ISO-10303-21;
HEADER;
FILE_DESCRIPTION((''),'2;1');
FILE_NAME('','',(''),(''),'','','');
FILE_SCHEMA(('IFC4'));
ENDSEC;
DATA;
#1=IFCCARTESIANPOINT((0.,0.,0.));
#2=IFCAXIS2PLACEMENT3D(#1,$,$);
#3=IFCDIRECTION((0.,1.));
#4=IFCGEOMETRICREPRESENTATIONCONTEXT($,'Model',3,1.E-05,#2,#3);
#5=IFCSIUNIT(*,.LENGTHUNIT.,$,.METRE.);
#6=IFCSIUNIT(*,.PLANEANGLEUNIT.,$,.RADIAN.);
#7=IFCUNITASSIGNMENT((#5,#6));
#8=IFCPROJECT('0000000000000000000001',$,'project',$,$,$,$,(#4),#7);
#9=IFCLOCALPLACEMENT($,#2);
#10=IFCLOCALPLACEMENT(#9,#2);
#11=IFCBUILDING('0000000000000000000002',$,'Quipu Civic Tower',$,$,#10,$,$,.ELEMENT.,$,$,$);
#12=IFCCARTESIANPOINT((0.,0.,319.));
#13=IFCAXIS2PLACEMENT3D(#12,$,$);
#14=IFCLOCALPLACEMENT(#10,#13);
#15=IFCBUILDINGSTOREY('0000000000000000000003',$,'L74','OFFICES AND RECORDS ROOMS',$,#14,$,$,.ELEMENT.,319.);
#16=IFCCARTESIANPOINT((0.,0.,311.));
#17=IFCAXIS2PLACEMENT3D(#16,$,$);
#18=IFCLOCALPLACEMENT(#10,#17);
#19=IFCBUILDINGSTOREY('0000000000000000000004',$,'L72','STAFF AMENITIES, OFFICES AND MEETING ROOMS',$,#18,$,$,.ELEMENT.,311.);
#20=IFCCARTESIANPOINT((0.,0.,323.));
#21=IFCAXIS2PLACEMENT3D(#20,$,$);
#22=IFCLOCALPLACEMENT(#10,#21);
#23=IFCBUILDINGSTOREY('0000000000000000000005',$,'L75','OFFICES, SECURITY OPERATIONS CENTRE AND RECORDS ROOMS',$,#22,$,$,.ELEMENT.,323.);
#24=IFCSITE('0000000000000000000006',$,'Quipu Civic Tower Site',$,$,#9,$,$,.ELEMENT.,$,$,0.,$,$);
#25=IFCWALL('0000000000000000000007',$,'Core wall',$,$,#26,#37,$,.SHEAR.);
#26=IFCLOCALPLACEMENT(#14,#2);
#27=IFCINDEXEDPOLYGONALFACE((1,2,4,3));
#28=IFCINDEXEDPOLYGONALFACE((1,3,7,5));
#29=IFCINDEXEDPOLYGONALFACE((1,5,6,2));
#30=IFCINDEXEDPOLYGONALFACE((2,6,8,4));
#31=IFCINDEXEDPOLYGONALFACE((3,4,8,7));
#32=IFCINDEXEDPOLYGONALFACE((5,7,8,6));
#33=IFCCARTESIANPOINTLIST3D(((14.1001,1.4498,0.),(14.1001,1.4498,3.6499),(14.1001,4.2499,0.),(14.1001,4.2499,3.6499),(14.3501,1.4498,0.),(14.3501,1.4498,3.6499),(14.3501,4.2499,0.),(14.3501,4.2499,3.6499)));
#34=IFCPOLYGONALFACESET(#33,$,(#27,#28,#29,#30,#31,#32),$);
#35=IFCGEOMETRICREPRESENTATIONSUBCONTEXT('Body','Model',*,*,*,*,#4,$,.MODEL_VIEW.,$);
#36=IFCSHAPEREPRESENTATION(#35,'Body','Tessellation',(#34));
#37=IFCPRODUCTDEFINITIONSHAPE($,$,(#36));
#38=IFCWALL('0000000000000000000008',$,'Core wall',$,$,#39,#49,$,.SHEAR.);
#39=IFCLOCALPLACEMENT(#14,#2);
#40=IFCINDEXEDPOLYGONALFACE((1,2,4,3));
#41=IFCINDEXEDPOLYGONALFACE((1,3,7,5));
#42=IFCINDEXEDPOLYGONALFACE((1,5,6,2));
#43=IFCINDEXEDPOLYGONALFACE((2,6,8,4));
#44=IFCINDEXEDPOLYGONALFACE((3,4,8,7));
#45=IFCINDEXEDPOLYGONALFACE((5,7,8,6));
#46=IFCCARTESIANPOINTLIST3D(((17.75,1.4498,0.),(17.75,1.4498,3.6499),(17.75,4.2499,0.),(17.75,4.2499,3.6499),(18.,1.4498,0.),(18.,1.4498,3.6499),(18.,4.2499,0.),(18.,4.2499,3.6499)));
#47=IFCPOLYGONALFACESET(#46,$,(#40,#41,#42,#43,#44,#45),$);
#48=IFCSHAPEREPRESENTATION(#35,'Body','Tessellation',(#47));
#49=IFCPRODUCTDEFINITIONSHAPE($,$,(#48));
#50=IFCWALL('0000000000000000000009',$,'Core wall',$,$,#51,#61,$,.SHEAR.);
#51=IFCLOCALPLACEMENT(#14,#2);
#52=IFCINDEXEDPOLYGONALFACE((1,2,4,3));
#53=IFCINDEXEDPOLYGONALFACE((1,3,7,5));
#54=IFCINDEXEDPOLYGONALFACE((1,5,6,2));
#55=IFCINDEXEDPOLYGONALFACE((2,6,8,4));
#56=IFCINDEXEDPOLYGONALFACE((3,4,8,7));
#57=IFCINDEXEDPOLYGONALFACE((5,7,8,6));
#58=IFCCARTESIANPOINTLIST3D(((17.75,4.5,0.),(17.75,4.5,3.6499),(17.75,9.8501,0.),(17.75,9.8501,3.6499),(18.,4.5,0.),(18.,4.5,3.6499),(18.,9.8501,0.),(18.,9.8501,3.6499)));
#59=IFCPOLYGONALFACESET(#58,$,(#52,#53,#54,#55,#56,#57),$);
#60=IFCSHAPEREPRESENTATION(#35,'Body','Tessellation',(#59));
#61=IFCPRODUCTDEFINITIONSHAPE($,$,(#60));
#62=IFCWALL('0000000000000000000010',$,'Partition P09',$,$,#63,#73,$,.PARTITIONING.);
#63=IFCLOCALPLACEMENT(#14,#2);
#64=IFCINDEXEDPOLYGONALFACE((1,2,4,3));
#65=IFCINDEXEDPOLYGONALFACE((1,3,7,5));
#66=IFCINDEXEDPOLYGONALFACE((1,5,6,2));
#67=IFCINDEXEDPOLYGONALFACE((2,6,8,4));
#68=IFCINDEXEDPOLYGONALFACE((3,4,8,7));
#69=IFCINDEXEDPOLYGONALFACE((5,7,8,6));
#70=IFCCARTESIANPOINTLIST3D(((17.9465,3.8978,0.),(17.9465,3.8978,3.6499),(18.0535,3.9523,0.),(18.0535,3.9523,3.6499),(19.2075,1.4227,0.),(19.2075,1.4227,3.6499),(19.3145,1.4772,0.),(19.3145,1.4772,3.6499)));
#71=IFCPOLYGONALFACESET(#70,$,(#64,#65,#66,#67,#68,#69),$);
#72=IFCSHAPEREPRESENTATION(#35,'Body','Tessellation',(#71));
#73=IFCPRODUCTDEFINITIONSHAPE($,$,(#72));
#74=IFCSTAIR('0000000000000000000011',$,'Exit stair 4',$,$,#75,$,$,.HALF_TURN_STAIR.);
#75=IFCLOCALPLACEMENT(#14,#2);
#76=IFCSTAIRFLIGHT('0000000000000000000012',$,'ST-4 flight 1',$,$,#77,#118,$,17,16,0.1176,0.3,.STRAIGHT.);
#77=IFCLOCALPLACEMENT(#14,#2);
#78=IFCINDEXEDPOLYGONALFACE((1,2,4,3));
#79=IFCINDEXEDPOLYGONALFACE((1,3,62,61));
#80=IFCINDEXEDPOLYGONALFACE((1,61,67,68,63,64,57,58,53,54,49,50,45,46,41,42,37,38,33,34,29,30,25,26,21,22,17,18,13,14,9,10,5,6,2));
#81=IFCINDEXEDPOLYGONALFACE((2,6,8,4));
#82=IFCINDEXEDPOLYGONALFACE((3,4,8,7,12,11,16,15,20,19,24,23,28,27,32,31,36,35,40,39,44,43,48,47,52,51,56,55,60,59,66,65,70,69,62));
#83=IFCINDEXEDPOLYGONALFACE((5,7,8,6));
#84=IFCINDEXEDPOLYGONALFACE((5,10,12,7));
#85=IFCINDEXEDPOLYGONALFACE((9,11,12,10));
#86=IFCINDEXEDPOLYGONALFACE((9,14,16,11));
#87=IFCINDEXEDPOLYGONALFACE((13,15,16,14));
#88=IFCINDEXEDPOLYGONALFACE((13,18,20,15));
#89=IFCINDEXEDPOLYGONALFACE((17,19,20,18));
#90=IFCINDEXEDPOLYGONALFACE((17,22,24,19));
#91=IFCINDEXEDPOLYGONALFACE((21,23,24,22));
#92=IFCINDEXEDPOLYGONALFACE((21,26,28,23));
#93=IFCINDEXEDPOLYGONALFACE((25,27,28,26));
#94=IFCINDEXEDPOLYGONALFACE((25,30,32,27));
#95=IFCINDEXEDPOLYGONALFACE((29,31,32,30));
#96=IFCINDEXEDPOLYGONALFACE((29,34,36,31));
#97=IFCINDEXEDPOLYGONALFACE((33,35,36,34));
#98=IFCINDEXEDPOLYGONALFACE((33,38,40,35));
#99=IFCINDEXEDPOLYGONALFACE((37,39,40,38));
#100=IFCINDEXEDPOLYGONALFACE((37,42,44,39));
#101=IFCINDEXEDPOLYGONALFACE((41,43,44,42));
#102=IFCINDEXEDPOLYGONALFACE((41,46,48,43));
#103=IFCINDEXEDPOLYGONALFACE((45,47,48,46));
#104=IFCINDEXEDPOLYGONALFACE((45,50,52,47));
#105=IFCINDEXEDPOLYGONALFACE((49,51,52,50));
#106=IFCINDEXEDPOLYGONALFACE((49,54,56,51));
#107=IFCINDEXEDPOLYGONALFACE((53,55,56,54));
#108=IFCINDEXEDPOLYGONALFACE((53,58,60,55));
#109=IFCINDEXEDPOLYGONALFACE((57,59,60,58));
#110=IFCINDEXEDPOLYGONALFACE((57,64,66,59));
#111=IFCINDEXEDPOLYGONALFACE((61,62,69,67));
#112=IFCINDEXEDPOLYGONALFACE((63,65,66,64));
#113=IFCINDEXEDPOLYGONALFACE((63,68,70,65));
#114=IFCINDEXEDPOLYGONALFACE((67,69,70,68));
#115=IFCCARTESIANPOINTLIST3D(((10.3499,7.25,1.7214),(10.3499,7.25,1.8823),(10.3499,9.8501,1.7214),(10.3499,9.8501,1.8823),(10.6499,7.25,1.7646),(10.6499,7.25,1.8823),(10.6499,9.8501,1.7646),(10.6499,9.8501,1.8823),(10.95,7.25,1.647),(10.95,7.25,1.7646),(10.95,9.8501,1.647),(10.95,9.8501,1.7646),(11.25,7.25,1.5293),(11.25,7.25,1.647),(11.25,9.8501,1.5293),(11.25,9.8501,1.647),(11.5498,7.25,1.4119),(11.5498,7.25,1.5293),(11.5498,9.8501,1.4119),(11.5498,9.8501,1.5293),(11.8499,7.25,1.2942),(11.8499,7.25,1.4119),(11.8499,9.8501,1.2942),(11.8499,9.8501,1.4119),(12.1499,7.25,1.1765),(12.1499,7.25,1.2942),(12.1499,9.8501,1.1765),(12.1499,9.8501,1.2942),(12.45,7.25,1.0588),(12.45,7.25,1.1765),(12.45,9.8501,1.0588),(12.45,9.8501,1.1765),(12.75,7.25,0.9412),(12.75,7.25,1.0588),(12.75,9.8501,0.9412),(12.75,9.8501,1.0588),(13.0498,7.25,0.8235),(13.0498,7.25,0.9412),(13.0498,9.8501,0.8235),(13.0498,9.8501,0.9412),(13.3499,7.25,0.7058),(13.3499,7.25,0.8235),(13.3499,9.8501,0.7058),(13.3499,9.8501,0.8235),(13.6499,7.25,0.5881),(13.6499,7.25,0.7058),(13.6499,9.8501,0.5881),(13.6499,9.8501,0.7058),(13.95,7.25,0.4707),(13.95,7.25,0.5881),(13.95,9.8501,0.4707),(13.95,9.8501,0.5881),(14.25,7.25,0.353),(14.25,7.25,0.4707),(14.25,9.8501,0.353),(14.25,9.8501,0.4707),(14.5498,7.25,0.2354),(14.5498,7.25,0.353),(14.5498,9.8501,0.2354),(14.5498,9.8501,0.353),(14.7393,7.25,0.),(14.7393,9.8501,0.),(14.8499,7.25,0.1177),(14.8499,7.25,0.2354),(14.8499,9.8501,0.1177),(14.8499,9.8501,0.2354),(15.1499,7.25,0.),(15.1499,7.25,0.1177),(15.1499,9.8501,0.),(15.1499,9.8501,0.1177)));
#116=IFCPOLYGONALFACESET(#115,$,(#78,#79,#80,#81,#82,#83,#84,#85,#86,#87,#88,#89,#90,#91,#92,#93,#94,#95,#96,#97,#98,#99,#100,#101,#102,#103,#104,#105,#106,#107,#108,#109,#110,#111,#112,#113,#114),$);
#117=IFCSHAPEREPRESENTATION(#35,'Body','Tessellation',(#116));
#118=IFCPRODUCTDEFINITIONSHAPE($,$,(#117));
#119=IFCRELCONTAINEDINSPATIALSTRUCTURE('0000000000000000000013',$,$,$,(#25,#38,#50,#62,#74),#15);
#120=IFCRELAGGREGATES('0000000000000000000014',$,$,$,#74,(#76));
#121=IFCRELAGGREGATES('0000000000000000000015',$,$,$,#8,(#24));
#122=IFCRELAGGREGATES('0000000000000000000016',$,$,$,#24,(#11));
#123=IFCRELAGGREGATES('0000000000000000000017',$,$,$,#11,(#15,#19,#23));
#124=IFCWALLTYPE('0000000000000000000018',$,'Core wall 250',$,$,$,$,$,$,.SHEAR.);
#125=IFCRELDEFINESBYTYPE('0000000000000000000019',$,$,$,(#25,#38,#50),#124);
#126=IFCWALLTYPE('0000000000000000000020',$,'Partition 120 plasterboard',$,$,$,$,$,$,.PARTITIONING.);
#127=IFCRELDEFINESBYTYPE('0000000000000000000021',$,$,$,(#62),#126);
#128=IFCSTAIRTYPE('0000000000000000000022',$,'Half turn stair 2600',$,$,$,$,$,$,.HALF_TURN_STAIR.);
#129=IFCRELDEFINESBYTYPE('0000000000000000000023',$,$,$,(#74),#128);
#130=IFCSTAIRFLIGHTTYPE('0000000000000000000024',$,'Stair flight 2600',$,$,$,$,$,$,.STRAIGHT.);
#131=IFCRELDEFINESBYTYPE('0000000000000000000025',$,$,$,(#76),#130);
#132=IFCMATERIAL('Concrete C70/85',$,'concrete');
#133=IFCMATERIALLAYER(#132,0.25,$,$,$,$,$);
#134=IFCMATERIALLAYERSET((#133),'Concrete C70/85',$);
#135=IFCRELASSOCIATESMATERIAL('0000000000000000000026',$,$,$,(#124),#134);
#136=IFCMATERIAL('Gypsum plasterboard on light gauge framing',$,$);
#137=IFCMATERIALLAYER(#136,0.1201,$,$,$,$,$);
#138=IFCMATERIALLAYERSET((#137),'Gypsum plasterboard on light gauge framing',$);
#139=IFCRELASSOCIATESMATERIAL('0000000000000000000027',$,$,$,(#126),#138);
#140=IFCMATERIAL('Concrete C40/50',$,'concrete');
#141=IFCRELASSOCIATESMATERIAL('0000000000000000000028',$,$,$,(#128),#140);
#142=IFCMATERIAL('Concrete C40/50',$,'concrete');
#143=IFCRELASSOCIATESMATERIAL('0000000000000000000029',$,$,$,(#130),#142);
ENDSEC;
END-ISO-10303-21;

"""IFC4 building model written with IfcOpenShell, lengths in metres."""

from ifc_helpers import new_model, si_unit, direction, frame, frame_2d, origin, place, context, subcontext, project, spatial, polyline, rectangle, outline, extrude, material, layer, layer_set, type_object, element, aggregate, save


model = new_model("IFC4")

# Units and contexts
model_context = context("Model", 3, precision=1e-05, world=origin(), true_north=direction((0.0, 1.0)))
body_context = subcontext(model_context, "Body", "Model", "MODEL_VIEW")
ifc_project = project(units=[si_unit("LENGTHUNIT", "METRE"), si_unit("PLANEANGLEUNIT", "RADIAN")], contexts=[model_context])

# Site, building, storey
site_placement = place(None, origin())
site = spatial("IfcSite", under=ifc_project, at=site_placement, Name="Quipu Civic Tower Site", CompositionType="ELEMENT", RefElevation=0.0)
building_placement = place(site_placement, origin())
building = spatial("IfcBuilding", under=site, at=building_placement, Name="Quipu Civic Tower", CompositionType="ELEMENT")
storey_1_placement = place(building_placement, frame((0.0, 0.0, 319.0)))
storey_1 = spatial("IfcBuildingStorey", under=building, at=storey_1_placement, Name="L74", Description="OFFICES AND RECORDS ROOMS", CompositionType="ELEMENT", Elevation=319.0)

# Shared definitions
storey_2_placement = place(building_placement, frame((0.0, 0.0, 311.0)))
storey_2 = spatial("IfcBuildingStorey", under=building, at=storey_2_placement, Name="L72", Description="STAFF AMENITIES, OFFICES AND MEETING ROOMS", CompositionType="ELEMENT", Elevation=311.0)

# Shared definitions
storey_3_placement = place(building_placement, frame((0.0, 0.0, 323.0)))
storey_3 = spatial("IfcBuildingStorey", under=building, at=storey_3_placement, Name="L75", Description="OFFICES, SECURITY OPERATIONS CENTRE AND RECORDS ROOMS", CompositionType="ELEMENT", Elevation=323.0)

# Walls
ifc_material_1 = material(Name="Concrete C70/85", Category="concrete")
ifc_layer_1 = layer(ifc_material_1, 0.25)
ifc_layer_set_1 = layer_set([ifc_layer_1], Name="Concrete C70/85")
wall_type_1 = type_object("IfcWallType", Name="Core wall 250", PredefinedType="SHEAR", material=ifc_layer_set_1)
for number, where, z_axis, x_axis, name in (
    (1, (14.2251, 1.45, 0.0), (0.0, 0.0, 1.0), (0.0, 1.0, 0.0), "Core wall"),
    (2, (17.875, 1.45, 0.0), (0.0, 0.0, 1.0), (0.0, 1.0, 0.0), "Core wall"),
):
    element("IfcWall", number, at=place(storey_1_placement, frame(where, z_axis=z_axis, x_axis=x_axis)), inside=storey_1, type_object=wall_type_1, Name=name, PredefinedType="SHEAR", context=body_context, shape_type="SweptSolid", body=[
        extrude(rectangle(XDim=2.8, YDim=0.25, at=frame_2d((1.3999, 0.0))), origin(), (0.0, 0.0, 1.0), 3.6499),
    ])
wall_1_placement = place(storey_1_placement, frame((17.875, 4.5, 0.0), z_axis=(0.0, 0.0, 1.0), x_axis=(0.0, 1.0, 0.0)))
element("IfcWall", 3, at=wall_1_placement, inside=storey_1, type_object=wall_type_1, Name="Core wall", PredefinedType="SHEAR", context=body_context, shape_type="SweptSolid", body=[
    extrude(rectangle(XDim=5.3501, YDim=0.25, at=frame_2d((2.675, 0.0))), origin(), (0.0, 0.0, 1.0), 3.6499),
])
ifc_material_2 = material(Name="Gypsum plasterboard on light gauge framing")
ifc_layer_2 = layer(ifc_material_2, 0.1201)
ifc_layer_set_2 = layer_set([ifc_layer_2], Name="Gypsum plasterboard on light gauge framing")
wall_type_2 = type_object("IfcWallType", Name="Partition 120 plasterboard", PredefinedType="PARTITIONING", material=ifc_layer_set_2)
wall_2_placement = place(storey_1_placement, frame((18.0, 3.925, 0.0), z_axis=(0.0, 0.0, 1.0), x_axis=(0.453951, -0.891027, 0.0)))
element("IfcWall", 4, at=wall_2_placement, inside=storey_1, type_object=wall_type_2, Name="Partition P09", PredefinedType="PARTITIONING", context=body_context, shape_type="SweptSolid", body=[
    extrude(rectangle(XDim=2.7778, YDim=0.1201, at=frame_2d((1.3889, 0.0))), origin(), (0.0, 0.0, 1.0), 3.6499),
])

# Stair, stair flight
ifc_material_3 = material(Name="Concrete C40/50", Category="concrete")
stair_type = type_object("IfcStairType", Name="Half turn stair 2600", PredefinedType="HALF_TURN_STAIR", material=ifc_material_3)
stair_placement = place(storey_1_placement, origin())
stair = element("IfcStair", 5, at=stair_placement, inside=storey_1, type_object=stair_type, Name="Exit stair 4", PredefinedType="HALF_TURN_STAIR")
ifc_material_4 = material(Name="Concrete C40/50", Category="concrete")
stair_flight_type = type_object("IfcStairFlightType", Name="Stair flight 2600", PredefinedType="STRAIGHT", material=ifc_material_4)
stair_flight_placement = place(storey_1_placement, frame((15.1499, 8.55, 0.0), z_axis=(0.0, 0.0, 1.0), x_axis=(-1.0, 0.0, 0.0)))
stair_flight = element("IfcStairFlight", 6, at=stair_flight_placement, type_object=stair_flight_type, Name="ST-4 flight 1", NumberOfRisers=17, NumberOfTreads=16, PredefinedType="STRAIGHT", RiserHeight=0.1176, TreadLength=0.3, context=body_context, shape_type="SweptSolid", body=[
    extrude(outline(polyline([(0.0, 0.0), (0.0, 0.1177), (0.3, 0.1177), (0.3, 0.2354), (0.6001, 0.2354), (0.6001, 0.353), (0.8999, 0.353), (0.8999, 0.4707), (1.2, 0.4707), (1.2, 0.5881), (1.5, 0.5881), (1.5, 0.7058), (1.8, 0.7058), (1.8, 0.8235), (2.1001, 0.8235), (2.1001, 0.9412), (2.3999, 0.9412), (2.3999, 1.0588), (2.7, 1.0588), (2.7, 1.1765), (3.0, 1.1765), (3.0, 1.2942), (3.3, 1.2942), (3.3, 1.4119), (3.6001, 1.4119), (3.6001, 1.5293), (3.8999, 1.5293), (3.8999, 1.647), (4.2, 1.647), (4.2, 1.7646), (4.5, 1.7646), (4.5, 1.8823), (4.8, 1.8823), (4.8, 2.0), (4.8, 1.7214), (0.4106, 0.0), (0.0, 0.0)])), frame((0.0, 1.3, 0.0), z_axis=(0.0, -1.0, 0.0), x_axis=(1.0, 0.0, 0.0)), (0.0, 0.0, 1.0), 2.6001),
])
aggregate(stair, [stair_flight])

save(model, "model.ifc")
